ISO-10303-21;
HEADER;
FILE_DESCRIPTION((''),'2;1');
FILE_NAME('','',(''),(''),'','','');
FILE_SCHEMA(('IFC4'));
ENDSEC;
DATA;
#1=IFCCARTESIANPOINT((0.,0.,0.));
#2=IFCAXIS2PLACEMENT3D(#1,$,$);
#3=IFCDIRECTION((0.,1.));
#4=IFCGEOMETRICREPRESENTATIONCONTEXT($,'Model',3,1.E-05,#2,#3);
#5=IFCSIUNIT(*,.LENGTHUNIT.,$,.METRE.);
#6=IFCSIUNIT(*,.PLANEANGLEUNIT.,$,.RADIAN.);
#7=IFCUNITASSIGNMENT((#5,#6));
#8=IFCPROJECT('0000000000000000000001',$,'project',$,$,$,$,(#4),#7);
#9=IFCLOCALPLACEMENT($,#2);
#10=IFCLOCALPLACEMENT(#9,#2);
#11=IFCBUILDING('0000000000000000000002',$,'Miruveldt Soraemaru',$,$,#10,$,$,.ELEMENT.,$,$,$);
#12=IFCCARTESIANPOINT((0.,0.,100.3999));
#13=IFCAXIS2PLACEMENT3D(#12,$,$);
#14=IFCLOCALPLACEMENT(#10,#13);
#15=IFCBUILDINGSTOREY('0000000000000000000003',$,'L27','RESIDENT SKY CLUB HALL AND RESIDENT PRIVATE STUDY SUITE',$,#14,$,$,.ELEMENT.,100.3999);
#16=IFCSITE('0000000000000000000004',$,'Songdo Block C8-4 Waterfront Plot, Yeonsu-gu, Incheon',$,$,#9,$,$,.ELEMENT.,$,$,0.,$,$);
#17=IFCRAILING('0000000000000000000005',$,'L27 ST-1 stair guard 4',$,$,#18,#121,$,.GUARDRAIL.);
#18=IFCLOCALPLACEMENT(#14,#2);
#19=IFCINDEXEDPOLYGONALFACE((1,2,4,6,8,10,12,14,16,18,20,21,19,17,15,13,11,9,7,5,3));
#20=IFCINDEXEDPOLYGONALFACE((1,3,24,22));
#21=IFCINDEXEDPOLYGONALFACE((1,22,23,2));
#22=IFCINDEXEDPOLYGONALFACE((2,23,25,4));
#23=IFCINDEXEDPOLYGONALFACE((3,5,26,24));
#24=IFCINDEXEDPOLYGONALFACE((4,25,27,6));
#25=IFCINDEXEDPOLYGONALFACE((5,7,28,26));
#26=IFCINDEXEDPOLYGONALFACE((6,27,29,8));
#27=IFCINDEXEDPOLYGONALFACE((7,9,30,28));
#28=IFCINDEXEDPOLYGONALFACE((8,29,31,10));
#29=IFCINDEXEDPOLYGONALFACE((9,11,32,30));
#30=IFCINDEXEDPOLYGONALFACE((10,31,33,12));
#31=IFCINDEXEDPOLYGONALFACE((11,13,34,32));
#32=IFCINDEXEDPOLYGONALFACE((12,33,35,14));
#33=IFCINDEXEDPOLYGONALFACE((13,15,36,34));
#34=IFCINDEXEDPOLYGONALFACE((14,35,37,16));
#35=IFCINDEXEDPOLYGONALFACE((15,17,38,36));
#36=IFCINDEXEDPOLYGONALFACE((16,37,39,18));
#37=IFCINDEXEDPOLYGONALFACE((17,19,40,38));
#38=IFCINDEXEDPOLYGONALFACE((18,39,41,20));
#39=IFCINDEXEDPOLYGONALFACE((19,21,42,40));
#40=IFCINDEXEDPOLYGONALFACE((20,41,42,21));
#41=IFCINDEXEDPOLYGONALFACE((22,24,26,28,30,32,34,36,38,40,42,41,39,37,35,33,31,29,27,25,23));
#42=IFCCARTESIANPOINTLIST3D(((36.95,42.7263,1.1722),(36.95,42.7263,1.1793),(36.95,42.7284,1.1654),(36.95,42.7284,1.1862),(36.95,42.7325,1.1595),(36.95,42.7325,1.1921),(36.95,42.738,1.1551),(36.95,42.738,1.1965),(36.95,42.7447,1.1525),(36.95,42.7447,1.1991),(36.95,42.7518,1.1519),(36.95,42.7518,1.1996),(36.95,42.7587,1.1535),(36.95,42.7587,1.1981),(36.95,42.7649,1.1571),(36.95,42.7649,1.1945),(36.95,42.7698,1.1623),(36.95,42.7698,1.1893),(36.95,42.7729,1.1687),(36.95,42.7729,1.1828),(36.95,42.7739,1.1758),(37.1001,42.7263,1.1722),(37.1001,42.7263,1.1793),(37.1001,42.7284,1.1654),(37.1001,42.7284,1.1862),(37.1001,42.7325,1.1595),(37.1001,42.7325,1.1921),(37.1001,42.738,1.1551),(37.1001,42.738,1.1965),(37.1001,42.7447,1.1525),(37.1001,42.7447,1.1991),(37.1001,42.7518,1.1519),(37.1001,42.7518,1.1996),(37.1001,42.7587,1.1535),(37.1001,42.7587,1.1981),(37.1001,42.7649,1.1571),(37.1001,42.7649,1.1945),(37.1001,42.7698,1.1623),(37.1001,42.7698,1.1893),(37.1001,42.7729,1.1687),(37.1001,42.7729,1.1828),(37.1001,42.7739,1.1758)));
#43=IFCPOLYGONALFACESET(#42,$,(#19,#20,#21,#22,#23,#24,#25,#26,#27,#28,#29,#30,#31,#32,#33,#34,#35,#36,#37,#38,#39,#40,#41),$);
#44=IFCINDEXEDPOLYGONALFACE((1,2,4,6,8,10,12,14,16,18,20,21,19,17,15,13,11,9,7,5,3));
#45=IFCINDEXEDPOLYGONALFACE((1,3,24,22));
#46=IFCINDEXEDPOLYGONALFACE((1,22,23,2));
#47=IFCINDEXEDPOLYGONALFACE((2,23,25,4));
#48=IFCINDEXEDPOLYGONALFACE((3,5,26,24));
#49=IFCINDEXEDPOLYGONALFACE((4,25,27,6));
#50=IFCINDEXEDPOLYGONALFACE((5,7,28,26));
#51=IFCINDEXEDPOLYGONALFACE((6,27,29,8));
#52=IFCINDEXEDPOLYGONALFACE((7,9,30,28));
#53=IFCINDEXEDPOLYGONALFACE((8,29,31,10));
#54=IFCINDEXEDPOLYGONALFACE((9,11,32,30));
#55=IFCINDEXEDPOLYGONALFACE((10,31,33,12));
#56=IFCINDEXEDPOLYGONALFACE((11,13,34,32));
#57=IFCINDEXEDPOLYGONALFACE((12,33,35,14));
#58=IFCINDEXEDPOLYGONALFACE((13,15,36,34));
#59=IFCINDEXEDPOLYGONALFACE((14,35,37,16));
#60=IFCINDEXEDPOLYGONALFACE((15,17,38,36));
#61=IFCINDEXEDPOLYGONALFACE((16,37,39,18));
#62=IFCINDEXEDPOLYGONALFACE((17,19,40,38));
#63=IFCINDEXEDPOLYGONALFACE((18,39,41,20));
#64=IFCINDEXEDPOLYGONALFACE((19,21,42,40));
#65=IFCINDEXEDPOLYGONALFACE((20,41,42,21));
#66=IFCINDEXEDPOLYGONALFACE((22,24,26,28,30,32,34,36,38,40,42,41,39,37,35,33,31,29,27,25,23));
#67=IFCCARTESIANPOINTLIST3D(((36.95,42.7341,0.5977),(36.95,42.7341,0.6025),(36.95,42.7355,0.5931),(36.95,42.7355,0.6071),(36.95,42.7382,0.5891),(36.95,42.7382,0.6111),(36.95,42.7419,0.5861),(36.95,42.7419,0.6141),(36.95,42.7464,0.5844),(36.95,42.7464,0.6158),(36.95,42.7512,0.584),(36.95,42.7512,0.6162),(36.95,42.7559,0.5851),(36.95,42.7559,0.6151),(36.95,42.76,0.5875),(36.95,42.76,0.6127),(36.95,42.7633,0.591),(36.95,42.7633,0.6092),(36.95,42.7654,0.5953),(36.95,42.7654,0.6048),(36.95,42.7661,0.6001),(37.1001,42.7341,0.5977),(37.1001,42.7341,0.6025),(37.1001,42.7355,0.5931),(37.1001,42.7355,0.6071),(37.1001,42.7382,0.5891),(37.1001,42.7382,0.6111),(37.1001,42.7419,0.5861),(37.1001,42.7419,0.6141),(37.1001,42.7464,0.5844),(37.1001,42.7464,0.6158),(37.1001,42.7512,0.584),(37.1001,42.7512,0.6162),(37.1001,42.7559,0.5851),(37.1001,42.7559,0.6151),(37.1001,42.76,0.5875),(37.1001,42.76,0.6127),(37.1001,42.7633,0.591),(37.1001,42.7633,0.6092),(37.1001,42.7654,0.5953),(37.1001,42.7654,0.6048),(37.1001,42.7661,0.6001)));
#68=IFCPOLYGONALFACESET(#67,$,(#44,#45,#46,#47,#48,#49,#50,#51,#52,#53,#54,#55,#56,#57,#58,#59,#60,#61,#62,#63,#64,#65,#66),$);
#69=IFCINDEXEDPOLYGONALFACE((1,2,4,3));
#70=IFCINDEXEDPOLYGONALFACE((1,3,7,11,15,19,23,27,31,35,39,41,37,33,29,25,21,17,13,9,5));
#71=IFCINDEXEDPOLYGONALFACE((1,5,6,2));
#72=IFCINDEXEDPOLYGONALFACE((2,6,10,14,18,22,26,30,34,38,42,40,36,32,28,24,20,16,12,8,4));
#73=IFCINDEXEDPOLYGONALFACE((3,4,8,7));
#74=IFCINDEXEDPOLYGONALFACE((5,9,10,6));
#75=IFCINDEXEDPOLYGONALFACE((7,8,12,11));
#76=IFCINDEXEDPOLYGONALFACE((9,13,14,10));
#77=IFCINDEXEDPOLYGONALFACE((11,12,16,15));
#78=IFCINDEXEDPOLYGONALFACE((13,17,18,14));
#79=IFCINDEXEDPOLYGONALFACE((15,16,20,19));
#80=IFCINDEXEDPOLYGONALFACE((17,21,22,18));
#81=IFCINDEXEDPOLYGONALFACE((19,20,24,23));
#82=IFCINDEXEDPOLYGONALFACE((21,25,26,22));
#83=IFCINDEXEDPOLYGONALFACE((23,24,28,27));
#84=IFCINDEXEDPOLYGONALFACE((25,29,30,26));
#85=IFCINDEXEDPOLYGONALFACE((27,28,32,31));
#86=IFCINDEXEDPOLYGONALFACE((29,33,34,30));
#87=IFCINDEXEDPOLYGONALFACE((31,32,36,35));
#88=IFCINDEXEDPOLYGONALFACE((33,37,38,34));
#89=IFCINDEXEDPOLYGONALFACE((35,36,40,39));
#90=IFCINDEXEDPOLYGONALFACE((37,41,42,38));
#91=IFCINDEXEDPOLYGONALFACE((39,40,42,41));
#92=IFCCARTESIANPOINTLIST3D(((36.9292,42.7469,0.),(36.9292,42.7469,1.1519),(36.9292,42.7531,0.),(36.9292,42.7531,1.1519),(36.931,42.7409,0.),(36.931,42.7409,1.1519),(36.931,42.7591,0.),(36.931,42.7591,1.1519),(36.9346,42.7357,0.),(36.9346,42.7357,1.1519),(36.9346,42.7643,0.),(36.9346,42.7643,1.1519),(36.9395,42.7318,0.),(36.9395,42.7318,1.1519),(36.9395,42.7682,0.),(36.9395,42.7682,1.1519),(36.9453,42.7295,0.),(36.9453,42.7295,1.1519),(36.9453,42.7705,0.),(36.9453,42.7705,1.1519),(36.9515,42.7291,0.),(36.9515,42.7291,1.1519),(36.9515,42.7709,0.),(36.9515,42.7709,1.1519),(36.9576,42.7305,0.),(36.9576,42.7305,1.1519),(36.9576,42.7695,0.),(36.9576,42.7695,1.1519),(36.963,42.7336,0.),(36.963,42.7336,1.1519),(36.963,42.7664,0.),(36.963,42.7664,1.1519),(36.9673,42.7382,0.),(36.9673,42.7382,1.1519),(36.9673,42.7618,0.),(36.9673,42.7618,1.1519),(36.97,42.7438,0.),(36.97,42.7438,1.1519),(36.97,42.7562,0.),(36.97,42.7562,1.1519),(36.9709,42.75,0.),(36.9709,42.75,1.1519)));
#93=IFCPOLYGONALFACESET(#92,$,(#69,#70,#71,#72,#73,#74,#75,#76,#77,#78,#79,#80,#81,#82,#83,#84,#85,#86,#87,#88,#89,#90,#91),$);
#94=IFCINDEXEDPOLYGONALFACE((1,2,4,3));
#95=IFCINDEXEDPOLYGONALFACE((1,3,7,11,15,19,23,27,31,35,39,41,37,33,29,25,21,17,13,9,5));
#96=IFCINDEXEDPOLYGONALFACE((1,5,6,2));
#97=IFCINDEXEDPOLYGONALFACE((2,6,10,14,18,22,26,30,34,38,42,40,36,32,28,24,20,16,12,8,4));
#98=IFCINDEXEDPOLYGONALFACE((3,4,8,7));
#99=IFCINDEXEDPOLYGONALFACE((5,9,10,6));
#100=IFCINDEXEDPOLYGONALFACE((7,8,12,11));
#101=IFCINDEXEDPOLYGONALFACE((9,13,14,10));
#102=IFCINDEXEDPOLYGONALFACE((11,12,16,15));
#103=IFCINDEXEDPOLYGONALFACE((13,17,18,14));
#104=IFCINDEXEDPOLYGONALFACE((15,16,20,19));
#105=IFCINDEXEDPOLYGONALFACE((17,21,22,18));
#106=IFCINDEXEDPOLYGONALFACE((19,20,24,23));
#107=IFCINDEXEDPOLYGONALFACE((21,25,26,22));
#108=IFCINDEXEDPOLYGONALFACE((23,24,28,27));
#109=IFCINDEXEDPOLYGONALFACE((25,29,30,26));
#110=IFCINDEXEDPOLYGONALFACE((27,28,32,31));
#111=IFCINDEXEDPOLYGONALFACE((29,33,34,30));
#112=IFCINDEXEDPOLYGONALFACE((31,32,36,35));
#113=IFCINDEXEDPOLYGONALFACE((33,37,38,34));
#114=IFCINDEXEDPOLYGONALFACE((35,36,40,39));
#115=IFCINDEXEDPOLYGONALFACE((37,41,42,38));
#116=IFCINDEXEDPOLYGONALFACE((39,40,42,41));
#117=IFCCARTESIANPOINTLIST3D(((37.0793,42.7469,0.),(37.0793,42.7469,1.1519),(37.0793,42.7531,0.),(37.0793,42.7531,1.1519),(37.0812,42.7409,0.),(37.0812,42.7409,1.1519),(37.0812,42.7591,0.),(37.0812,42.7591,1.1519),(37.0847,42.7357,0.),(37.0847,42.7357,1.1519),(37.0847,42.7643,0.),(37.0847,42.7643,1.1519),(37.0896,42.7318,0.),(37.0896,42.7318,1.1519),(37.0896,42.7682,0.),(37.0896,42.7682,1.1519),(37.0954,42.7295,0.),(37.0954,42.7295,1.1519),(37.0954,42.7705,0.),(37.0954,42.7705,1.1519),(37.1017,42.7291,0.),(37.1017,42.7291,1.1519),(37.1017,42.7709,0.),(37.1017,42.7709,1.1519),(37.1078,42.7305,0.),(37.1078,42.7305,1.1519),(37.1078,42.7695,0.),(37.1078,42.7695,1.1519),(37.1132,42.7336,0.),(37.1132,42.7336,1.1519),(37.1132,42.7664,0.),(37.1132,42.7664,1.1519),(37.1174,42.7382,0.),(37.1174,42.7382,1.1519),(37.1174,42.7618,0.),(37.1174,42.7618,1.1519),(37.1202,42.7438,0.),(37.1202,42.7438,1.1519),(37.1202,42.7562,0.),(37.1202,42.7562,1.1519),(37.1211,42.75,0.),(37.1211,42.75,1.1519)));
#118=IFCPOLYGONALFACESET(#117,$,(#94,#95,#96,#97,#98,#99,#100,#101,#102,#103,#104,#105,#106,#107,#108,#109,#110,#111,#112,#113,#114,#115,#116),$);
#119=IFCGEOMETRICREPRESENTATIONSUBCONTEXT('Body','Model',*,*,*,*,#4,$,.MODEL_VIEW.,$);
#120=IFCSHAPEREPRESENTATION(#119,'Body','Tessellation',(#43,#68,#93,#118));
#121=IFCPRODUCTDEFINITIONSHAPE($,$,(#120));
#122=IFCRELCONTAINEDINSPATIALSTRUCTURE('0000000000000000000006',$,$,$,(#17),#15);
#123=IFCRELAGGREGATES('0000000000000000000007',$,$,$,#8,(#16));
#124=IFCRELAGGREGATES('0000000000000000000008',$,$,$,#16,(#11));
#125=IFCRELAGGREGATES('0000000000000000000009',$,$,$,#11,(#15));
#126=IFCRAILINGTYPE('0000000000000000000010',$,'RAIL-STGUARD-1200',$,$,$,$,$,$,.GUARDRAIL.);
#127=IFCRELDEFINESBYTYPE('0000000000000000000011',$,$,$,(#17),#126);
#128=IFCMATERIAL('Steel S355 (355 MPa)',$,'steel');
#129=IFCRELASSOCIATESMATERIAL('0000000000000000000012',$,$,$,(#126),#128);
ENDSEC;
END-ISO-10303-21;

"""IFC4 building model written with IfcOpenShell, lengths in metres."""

from ifc_helpers import new_model, si_unit, direction, frame, origin, origin_2d, place, context, subcontext, project, spatial, circle, extrude, material, type_object, element, save


model = new_model("IFC4")

# Units and contexts
model_context = context("Model", 3, precision=1e-05, world=origin(), true_north=direction((0.0, 1.0)))
body_context = subcontext(model_context, "Body", "Model", "MODEL_VIEW")
ifc_project = project(units=[si_unit("LENGTHUNIT", "METRE"), si_unit("PLANEANGLEUNIT", "RADIAN")], contexts=[model_context])

# Site, building, storey
site_placement = place(None, origin())
site = spatial("IfcSite", under=ifc_project, at=site_placement, Name="Songdo Block C8-4 Waterfront Plot, Yeonsu-gu, Incheon", CompositionType="ELEMENT", RefElevation=0.0)
building_placement = place(site_placement, origin())
building = spatial("IfcBuilding", under=site, at=building_placement, Name="Miruveldt Soraemaru", CompositionType="ELEMENT")
storey_placement = place(building_placement, frame((0.0, 0.0, 100.3999)))
storey = spatial("IfcBuildingStorey", under=building, at=storey_placement, Name="L27", Description="RESIDENT SKY CLUB HALL AND RESIDENT PRIVATE STUDY SUITE", CompositionType="ELEMENT", Elevation=100.3999)

# Railing
ifc_material_1 = material(Name="Steel S355 (355 MPa)", Category="steel")
railing_type_1 = type_object("IfcRailingType", Name="RAIL-STGUARD-1200", PredefinedType="GUARDRAIL", material=ifc_material_1)
railing_1_placement = place(storey_placement, frame((36.95, 42.75, 0.0)))
element("IfcRailing", 1, at=railing_1_placement, inside=storey, type_object=railing_type_1, Name="L27 ST-1 stair guard 4", PredefinedType="GUARDRAIL", context=body_context, shape_type="SweptSolid", body=[
    extrude(circle(Radius=0.0239, at=origin_2d()), frame((0.0, 0.0, 1.1758), z_axis=(1.0, 0.0, 0.0), x_axis=(0.0, 1.0, 0.0)), (0.0, 0.0, 1.0), 0.1501),
    extrude(circle(Radius=0.0161, at=origin_2d()), frame((0.0, 0.0, 0.6001), z_axis=(1.0, 0.0, 0.0), x_axis=(0.0, 1.0, 0.0)), (0.0, 0.0, 1.0), 0.1501),
    extrude(circle(Radius=0.021, at=origin_2d()), origin(), (0.0, 0.0, 1.0), 1.1519),
    extrude(circle(Radius=0.021, at=origin_2d()), frame((0.1501, 0.0, 0.0)), (0.0, 0.0, 1.0), 1.1519),
])

save(model, "model.ifc")
